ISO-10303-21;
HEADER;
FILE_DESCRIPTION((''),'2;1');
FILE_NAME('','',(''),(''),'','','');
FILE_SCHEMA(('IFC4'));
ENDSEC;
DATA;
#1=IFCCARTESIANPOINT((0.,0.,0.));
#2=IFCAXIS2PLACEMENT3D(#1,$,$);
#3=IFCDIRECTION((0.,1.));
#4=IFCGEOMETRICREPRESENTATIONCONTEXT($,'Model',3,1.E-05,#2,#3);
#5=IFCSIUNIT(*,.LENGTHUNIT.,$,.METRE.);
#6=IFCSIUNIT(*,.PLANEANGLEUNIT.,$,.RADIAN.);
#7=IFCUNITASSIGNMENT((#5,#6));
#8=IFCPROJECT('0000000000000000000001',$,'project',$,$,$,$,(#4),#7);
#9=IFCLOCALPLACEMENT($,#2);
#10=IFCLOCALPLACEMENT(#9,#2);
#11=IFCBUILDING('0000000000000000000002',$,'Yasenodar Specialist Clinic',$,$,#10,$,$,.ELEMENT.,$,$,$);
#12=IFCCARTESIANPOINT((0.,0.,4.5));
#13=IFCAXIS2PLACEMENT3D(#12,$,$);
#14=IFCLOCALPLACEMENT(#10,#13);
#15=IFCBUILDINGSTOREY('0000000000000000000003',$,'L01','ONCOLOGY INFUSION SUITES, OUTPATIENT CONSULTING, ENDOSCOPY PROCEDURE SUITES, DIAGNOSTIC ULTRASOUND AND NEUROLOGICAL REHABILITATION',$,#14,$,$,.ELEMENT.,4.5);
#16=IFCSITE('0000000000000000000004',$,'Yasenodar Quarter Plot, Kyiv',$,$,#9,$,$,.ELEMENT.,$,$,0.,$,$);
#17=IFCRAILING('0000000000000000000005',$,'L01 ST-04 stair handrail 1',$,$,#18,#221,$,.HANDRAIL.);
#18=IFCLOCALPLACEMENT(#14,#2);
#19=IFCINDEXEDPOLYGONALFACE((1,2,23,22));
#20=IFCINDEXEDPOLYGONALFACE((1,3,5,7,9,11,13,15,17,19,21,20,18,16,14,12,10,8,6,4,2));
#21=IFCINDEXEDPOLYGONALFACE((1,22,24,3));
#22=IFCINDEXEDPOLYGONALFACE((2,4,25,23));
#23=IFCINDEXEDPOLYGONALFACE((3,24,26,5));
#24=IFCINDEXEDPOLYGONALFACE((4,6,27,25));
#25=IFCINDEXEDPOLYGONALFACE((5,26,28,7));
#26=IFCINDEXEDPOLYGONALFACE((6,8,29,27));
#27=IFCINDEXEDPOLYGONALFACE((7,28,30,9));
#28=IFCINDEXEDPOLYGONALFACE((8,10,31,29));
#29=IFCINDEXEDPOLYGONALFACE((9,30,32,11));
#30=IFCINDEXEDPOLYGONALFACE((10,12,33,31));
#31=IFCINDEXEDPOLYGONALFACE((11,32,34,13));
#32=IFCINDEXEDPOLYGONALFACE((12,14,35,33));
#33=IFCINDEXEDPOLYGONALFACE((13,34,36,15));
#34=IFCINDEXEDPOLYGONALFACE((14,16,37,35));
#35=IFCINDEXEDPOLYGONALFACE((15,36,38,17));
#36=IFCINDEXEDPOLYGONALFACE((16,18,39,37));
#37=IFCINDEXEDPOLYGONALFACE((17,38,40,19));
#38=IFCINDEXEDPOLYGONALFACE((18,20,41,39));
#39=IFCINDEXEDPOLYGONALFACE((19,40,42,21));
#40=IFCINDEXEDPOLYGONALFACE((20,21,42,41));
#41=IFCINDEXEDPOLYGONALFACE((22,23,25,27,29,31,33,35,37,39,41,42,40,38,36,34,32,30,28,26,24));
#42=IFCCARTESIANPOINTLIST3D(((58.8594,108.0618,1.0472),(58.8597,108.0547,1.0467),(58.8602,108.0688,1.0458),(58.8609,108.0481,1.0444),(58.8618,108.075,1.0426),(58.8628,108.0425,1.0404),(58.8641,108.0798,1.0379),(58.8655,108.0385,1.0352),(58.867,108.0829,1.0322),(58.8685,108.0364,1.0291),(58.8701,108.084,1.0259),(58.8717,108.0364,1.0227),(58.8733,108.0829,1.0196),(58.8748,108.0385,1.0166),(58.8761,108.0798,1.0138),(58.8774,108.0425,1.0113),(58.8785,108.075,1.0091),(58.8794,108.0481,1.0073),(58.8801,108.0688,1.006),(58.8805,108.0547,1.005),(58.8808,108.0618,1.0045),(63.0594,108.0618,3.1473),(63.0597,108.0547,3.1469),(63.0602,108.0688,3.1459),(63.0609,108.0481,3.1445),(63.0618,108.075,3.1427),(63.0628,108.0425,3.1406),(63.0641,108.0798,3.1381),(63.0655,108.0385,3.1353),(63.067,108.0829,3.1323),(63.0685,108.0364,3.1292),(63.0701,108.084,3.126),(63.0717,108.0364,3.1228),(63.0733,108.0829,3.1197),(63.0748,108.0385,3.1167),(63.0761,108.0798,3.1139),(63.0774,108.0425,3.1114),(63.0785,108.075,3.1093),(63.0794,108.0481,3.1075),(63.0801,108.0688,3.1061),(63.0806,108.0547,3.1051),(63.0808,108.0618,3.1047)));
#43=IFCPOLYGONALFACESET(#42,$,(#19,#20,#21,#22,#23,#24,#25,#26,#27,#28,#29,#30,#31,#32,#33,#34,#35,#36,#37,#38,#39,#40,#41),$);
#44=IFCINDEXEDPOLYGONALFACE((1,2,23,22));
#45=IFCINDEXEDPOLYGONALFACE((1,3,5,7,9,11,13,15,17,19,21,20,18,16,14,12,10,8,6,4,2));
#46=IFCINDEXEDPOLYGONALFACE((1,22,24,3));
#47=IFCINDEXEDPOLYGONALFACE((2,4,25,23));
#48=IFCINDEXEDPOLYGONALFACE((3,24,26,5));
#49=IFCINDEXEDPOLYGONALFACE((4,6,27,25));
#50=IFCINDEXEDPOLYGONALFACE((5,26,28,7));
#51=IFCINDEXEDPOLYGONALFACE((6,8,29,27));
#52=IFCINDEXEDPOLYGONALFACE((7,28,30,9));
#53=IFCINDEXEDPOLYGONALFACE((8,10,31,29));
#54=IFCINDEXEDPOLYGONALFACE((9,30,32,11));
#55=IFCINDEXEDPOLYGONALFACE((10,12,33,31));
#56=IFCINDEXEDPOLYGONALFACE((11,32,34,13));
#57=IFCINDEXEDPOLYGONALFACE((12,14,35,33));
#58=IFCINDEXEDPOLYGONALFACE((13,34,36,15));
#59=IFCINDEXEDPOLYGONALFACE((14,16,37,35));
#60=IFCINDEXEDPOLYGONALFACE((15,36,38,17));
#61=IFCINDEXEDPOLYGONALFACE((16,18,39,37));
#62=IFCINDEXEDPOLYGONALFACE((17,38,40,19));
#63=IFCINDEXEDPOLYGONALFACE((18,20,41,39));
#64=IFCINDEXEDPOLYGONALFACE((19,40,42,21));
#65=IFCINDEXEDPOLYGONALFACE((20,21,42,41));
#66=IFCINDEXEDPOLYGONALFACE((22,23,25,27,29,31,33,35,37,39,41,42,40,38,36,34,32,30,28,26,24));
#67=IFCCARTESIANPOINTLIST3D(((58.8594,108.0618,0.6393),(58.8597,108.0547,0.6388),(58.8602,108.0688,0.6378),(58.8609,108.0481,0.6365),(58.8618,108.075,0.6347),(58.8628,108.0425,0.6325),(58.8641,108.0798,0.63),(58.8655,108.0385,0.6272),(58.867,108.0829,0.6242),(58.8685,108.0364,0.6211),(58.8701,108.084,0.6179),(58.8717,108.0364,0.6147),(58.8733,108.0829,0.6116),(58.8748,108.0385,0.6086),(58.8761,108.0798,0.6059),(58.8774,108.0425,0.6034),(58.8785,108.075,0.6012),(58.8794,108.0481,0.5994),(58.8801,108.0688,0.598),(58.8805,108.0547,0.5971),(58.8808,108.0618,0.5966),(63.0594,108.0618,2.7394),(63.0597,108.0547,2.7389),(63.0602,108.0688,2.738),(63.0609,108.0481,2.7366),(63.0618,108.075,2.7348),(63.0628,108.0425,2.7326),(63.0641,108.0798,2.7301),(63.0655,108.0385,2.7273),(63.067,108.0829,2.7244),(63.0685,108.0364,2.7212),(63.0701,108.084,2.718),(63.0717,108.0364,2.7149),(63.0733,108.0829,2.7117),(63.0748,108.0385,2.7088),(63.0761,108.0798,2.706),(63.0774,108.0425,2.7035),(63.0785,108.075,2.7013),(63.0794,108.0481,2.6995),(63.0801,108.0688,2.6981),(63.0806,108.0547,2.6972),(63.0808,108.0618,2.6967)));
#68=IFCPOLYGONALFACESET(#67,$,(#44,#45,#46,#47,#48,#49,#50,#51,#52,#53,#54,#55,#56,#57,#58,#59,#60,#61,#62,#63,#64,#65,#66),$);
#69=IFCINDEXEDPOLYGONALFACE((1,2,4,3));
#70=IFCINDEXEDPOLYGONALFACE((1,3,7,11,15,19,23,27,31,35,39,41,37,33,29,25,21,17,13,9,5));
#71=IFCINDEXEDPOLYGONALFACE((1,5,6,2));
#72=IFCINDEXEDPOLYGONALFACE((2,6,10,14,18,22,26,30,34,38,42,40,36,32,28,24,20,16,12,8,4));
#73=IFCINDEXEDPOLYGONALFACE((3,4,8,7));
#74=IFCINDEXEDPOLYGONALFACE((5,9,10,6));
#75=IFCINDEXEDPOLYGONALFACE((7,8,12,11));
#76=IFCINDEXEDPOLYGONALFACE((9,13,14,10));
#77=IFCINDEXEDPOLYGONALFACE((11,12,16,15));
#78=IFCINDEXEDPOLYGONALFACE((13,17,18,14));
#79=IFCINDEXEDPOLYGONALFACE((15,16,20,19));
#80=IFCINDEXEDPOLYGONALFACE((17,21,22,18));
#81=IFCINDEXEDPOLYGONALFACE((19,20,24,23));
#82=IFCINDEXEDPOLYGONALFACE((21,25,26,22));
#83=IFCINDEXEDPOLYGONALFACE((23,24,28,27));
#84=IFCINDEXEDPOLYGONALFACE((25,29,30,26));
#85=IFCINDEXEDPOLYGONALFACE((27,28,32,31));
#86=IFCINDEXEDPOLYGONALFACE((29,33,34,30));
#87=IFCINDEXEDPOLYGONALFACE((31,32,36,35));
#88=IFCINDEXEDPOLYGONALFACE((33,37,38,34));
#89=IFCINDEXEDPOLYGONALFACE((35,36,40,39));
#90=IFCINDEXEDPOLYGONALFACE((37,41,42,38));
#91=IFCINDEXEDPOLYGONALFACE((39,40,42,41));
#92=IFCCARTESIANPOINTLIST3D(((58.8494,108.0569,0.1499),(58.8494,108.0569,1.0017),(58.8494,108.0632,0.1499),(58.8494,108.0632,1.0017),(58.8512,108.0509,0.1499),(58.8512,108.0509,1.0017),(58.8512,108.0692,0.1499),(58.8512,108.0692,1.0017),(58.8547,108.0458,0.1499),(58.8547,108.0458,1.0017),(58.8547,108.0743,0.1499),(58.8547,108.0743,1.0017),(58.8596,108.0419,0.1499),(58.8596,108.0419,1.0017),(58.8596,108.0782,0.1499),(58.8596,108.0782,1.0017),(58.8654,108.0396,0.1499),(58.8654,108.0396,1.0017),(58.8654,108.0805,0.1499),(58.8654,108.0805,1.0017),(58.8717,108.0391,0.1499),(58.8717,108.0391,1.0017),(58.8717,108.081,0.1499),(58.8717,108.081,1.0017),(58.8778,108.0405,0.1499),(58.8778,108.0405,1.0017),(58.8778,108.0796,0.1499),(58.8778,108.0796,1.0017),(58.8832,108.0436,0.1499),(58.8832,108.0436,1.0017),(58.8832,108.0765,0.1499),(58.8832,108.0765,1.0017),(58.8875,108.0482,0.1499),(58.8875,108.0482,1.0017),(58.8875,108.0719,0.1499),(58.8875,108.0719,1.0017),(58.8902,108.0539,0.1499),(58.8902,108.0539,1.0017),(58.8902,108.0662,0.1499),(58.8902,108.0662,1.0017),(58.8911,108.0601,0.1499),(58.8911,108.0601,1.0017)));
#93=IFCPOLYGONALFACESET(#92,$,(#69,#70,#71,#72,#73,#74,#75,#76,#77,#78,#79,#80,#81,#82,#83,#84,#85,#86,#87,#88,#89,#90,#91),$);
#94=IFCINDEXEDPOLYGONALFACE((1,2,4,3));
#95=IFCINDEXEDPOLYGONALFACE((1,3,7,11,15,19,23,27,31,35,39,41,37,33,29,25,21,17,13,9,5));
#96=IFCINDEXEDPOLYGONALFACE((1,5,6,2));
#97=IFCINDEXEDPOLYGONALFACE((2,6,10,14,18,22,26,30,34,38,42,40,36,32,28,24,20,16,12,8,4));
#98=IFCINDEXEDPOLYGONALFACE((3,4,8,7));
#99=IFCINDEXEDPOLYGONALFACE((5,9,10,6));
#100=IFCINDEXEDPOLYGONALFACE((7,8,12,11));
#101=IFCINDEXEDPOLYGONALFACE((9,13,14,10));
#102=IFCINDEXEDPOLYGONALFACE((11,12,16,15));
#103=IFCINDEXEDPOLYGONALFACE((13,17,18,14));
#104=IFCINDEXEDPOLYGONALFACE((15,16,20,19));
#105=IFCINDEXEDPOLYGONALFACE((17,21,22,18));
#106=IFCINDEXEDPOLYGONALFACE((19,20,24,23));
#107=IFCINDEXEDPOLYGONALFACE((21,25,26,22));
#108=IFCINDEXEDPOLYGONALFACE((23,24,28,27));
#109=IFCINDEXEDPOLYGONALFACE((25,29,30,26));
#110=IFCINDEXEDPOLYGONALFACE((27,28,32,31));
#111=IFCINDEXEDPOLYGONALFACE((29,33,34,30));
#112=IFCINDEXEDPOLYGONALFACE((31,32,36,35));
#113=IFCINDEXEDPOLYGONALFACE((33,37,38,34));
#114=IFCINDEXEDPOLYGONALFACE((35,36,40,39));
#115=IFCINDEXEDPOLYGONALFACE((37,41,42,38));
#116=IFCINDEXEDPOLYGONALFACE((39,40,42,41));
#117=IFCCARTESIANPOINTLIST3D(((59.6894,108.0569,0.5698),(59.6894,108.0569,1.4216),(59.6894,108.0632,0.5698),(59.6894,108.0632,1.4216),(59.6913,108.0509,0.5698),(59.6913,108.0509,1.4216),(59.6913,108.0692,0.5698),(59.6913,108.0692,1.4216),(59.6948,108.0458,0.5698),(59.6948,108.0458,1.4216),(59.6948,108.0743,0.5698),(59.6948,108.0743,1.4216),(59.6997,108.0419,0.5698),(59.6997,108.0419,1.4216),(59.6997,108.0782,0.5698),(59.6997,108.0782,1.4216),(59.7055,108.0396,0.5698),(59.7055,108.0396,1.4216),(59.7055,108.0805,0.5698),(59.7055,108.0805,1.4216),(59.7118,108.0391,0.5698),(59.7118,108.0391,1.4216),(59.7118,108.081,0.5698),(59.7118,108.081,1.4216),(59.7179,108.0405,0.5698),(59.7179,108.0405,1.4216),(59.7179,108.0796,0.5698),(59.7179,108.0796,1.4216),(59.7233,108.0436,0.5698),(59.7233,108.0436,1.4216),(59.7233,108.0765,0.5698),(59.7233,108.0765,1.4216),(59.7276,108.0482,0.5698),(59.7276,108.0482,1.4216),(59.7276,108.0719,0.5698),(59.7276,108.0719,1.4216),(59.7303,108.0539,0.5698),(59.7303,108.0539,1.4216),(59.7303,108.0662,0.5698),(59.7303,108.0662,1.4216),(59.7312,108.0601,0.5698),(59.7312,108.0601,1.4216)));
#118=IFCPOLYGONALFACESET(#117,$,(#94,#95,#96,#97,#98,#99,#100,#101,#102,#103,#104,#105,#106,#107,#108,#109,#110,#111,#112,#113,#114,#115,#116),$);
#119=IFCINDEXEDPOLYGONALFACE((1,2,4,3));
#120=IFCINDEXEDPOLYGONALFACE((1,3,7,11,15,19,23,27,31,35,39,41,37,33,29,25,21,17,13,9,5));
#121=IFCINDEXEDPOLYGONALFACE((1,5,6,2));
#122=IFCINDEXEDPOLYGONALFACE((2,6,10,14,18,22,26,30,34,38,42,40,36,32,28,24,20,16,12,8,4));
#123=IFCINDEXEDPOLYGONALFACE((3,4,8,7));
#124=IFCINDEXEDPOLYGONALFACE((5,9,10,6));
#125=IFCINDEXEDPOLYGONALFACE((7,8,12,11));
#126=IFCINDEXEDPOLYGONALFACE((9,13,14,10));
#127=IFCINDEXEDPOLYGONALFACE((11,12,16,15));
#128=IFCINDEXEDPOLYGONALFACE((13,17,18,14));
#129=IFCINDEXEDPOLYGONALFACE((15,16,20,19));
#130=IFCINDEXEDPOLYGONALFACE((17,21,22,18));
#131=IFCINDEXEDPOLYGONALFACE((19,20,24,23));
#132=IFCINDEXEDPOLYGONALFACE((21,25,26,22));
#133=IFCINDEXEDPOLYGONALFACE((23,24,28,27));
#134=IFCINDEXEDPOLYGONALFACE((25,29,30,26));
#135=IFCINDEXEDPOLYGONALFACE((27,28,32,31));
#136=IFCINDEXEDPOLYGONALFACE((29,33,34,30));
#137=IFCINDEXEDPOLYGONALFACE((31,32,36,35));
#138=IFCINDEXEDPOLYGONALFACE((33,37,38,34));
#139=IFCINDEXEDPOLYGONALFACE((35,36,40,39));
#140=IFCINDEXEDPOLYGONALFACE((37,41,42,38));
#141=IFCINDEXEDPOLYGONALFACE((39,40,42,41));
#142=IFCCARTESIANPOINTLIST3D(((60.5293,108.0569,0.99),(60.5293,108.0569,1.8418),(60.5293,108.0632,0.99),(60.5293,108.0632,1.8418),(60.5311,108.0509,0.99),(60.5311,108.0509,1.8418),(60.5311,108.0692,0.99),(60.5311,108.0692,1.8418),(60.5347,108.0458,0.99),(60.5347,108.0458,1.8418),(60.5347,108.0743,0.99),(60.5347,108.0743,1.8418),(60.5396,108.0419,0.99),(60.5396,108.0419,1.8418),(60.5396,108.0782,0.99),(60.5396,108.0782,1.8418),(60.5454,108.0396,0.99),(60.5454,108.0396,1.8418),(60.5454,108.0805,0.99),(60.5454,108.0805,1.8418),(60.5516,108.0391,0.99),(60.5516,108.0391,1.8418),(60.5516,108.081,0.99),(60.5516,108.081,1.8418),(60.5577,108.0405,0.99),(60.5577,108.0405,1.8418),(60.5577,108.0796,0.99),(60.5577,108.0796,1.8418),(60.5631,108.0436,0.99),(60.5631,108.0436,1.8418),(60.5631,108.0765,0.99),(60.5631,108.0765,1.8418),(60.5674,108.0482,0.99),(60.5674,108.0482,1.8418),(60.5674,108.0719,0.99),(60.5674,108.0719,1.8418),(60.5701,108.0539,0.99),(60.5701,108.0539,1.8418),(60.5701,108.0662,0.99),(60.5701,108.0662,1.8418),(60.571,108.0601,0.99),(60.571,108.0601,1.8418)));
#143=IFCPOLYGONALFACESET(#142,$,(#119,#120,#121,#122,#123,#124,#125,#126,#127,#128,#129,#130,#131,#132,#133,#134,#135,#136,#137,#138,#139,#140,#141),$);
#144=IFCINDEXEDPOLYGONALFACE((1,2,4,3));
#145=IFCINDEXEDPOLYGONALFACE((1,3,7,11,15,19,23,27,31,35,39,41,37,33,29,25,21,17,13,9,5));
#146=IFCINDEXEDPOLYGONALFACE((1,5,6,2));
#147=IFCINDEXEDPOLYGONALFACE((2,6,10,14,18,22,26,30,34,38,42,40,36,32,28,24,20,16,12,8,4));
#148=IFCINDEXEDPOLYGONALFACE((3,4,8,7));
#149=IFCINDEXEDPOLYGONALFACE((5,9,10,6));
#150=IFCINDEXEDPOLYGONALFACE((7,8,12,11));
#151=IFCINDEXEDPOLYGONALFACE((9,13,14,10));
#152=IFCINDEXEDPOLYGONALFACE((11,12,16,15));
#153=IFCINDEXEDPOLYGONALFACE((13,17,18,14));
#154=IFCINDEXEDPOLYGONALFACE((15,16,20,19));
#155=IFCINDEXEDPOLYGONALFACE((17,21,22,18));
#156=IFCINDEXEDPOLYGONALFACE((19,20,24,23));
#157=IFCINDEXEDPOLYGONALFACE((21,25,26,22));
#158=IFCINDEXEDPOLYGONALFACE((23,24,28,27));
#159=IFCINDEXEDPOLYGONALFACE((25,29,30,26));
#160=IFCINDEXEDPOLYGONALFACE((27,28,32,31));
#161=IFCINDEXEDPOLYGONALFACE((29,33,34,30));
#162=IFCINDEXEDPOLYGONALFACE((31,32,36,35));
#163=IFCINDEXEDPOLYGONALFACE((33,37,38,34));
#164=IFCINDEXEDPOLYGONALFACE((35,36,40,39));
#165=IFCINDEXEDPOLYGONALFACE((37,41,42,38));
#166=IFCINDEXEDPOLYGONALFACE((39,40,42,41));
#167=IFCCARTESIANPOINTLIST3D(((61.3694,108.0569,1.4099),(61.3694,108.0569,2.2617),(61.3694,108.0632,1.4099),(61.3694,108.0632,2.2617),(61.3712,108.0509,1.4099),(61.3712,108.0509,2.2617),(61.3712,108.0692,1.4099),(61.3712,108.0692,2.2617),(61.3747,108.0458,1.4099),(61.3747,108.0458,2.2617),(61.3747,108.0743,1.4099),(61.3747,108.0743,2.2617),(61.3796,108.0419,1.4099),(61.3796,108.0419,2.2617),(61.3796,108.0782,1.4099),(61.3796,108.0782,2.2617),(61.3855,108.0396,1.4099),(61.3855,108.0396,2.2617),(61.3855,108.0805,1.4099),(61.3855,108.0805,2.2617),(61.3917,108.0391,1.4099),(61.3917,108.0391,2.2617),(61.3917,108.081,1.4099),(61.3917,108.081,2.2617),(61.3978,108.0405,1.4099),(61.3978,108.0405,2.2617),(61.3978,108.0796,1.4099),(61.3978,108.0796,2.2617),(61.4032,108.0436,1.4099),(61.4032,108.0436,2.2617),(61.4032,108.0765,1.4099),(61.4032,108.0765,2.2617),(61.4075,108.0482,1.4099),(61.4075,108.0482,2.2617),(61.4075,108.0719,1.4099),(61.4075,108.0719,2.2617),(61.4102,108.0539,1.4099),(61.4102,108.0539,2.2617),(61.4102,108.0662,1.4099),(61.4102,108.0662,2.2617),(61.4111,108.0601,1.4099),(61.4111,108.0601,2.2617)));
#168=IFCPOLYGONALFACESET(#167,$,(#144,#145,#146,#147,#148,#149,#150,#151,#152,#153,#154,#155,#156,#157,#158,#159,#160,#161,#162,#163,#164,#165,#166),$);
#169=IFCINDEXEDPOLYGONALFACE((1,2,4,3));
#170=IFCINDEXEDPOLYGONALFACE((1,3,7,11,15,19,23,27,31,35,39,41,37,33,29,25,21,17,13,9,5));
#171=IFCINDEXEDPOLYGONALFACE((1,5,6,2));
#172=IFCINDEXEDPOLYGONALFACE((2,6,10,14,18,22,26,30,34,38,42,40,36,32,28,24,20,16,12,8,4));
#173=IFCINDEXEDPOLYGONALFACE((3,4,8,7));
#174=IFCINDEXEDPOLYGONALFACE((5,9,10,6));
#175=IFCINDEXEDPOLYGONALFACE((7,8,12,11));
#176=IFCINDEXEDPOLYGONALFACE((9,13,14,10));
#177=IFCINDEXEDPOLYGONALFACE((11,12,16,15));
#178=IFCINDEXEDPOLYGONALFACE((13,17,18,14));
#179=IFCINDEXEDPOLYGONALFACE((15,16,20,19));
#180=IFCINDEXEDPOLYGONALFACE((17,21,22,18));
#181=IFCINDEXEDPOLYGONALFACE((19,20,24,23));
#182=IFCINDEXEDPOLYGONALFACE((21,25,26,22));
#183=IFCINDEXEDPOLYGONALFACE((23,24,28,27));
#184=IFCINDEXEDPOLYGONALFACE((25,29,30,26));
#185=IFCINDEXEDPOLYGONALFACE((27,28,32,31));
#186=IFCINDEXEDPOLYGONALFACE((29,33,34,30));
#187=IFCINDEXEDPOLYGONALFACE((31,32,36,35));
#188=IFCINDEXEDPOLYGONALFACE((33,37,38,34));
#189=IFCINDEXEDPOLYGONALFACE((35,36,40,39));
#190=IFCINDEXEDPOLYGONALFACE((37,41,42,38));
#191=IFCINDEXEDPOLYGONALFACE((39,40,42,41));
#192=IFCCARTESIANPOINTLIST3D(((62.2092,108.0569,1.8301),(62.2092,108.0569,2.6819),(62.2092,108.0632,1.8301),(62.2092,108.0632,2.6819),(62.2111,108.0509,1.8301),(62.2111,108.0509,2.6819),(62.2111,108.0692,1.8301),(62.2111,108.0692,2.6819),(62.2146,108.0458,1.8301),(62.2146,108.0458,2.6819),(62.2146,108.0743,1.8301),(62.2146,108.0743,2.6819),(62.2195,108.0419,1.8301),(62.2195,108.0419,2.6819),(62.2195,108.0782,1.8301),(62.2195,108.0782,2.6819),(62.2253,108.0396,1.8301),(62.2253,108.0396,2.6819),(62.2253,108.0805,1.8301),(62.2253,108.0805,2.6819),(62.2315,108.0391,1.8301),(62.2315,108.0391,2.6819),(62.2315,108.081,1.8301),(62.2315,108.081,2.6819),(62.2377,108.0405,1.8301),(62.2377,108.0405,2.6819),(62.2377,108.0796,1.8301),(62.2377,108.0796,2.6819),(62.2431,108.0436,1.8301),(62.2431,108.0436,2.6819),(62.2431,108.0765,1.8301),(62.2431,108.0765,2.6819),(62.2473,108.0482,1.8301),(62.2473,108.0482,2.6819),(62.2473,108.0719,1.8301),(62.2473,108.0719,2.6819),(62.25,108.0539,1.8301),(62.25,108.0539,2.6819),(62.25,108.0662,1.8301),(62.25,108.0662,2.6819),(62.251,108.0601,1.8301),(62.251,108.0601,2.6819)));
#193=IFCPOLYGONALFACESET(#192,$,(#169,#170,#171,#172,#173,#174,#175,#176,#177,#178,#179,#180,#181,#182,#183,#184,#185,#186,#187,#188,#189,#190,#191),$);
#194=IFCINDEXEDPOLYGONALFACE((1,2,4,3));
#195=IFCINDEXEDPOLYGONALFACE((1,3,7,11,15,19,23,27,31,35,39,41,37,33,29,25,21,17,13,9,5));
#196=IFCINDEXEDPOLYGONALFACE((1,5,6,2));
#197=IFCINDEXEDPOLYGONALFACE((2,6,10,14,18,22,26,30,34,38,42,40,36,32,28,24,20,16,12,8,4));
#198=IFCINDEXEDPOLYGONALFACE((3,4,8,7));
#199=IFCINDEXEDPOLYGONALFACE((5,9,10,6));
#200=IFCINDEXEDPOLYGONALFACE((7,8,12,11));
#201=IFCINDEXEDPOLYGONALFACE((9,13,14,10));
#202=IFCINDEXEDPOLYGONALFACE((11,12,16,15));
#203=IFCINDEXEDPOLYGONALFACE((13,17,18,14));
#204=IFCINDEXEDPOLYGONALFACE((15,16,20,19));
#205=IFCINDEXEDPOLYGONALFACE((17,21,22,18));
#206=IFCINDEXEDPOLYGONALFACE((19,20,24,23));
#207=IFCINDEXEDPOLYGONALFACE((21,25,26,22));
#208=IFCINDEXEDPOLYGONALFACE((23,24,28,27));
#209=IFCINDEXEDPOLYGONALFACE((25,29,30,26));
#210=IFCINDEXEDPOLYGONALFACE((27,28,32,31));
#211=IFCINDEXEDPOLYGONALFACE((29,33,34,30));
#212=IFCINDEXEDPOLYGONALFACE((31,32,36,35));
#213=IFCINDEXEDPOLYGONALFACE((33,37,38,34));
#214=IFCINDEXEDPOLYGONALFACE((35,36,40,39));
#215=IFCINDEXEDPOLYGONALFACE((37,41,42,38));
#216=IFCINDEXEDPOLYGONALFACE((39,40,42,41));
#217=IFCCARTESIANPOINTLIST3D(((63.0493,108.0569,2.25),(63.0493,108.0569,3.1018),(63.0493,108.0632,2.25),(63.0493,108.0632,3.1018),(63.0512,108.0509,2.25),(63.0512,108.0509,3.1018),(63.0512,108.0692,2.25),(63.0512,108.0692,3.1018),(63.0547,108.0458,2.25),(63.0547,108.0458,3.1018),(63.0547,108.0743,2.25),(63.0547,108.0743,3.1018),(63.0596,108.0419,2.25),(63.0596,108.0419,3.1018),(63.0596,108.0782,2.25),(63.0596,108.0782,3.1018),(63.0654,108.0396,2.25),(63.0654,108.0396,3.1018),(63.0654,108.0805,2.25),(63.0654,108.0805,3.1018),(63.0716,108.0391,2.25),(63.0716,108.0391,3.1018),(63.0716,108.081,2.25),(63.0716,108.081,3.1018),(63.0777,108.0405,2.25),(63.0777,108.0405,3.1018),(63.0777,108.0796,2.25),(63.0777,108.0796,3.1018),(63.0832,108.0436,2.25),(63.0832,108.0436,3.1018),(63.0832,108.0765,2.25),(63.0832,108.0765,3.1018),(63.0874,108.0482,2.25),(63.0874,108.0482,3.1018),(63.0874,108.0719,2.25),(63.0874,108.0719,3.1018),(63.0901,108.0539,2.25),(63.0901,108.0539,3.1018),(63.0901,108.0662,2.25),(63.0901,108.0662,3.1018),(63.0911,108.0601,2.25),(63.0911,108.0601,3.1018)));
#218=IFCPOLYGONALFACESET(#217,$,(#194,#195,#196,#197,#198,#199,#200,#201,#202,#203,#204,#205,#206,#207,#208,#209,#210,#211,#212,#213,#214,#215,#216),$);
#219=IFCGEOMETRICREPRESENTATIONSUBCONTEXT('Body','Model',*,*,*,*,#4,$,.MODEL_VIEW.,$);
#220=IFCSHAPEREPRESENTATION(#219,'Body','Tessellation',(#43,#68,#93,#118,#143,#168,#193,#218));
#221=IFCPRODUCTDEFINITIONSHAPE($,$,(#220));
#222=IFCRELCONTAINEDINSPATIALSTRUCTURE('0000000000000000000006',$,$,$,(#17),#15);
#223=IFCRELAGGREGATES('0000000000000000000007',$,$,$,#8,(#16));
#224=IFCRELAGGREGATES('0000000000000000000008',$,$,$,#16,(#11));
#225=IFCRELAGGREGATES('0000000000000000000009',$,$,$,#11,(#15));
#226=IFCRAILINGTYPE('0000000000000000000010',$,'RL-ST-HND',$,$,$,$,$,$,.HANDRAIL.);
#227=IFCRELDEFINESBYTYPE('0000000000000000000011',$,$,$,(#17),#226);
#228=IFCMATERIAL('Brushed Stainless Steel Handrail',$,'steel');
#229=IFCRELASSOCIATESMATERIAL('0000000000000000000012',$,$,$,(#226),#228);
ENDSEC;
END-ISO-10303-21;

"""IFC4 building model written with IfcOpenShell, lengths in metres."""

from ifc_helpers import new_model, si_unit, direction, frame, origin, origin_2d, place, context, subcontext, project, spatial, circle, extrude, material, type_object, element, save


model = new_model("IFC4")

# Units and contexts
model_context = context("Model", 3, precision=1e-05, world=origin(), true_north=direction((0.0, 1.0)))
body_context = subcontext(model_context, "Body", "Model", "MODEL_VIEW")
ifc_project = project(units=[si_unit("LENGTHUNIT", "METRE"), si_unit("PLANEANGLEUNIT", "RADIAN")], contexts=[model_context])

# Site, building, storey
site_placement = place(None, origin())
site = spatial("IfcSite", under=ifc_project, at=site_placement, Name="Yasenodar Quarter Plot, Kyiv", CompositionType="ELEMENT", RefElevation=0.0)
building_placement = place(site_placement, origin())
building = spatial("IfcBuilding", under=site, at=building_placement, Name="Yasenodar Specialist Clinic", CompositionType="ELEMENT")
storey_placement = place(building_placement, frame((0.0, 0.0, 4.5)))
storey = spatial("IfcBuildingStorey", under=building, at=storey_placement, Name="L01", Description="ONCOLOGY INFUSION SUITES, OUTPATIENT CONSULTING, ENDOSCOPY PROCEDURE SUITES, DIAGNOSTIC ULTRASOUND AND NEUROLOGICAL REHABILITATION", CompositionType="ELEMENT", Elevation=4.5)

# Railing
ifc_material_1 = material(Name="Brushed Stainless Steel Handrail", Category="steel")
railing_type_1 = type_object("IfcRailingType", Name="RL-ST-HND", PredefinedType="HANDRAIL", material=ifc_material_1)
railing_1_placement = place(storey_placement, frame((58.8701, 108.0601, 0.1499)))
element("IfcRailing", 1, at=railing_1_placement, inside=storey, type_object=railing_type_1, Name="L01 ST-04 stair handrail 1", PredefinedType="HANDRAIL", context=body_context, shape_type="SweptSolid", body=[
    extrude(circle(Radius=0.0239, at=origin_2d()), frame((0.0, 0.0, 0.876), z_axis=(0.894417, 0.0, 0.447234), x_axis=(0.0, 1.0, 0.0)), (0.0, 0.0, 1.0), 4.6958),
    extrude(circle(Radius=0.0239, at=origin_2d()), frame((0.0, 0.0, 0.468), z_axis=(0.894417, 0.0, 0.447234), x_axis=(0.0, 1.0, 0.0)), (0.0, 0.0, 1.0), 4.6958),
    extrude(circle(Radius=0.021, at=origin_2d()), origin(), (0.0, 0.0, 1.0), 0.8518),
    extrude(circle(Radius=0.021, at=origin_2d()), frame((0.8401, 0.0, 0.4199)), (0.0, 0.0, 1.0), 0.8518),
    extrude(circle(Radius=0.021, at=origin_2d()), frame((1.6799, 0.0, 0.8401)), (0.0, 0.0, 1.0), 0.8518),
    extrude(circle(Radius=0.021, at=origin_2d()), frame((2.52, 0.0, 1.26)), (0.0, 0.0, 1.0), 0.8518),
    extrude(circle(Radius=0.021, at=origin_2d()), frame((3.3599, 0.0, 1.6802)), (0.0, 0.0, 1.0), 0.8518),
    extrude(circle(Radius=0.021, at=origin_2d()), frame((4.2, 0.0, 2.1001)), (0.0, 0.0, 1.0), 0.8518),
])

save(model, "model.ifc")
